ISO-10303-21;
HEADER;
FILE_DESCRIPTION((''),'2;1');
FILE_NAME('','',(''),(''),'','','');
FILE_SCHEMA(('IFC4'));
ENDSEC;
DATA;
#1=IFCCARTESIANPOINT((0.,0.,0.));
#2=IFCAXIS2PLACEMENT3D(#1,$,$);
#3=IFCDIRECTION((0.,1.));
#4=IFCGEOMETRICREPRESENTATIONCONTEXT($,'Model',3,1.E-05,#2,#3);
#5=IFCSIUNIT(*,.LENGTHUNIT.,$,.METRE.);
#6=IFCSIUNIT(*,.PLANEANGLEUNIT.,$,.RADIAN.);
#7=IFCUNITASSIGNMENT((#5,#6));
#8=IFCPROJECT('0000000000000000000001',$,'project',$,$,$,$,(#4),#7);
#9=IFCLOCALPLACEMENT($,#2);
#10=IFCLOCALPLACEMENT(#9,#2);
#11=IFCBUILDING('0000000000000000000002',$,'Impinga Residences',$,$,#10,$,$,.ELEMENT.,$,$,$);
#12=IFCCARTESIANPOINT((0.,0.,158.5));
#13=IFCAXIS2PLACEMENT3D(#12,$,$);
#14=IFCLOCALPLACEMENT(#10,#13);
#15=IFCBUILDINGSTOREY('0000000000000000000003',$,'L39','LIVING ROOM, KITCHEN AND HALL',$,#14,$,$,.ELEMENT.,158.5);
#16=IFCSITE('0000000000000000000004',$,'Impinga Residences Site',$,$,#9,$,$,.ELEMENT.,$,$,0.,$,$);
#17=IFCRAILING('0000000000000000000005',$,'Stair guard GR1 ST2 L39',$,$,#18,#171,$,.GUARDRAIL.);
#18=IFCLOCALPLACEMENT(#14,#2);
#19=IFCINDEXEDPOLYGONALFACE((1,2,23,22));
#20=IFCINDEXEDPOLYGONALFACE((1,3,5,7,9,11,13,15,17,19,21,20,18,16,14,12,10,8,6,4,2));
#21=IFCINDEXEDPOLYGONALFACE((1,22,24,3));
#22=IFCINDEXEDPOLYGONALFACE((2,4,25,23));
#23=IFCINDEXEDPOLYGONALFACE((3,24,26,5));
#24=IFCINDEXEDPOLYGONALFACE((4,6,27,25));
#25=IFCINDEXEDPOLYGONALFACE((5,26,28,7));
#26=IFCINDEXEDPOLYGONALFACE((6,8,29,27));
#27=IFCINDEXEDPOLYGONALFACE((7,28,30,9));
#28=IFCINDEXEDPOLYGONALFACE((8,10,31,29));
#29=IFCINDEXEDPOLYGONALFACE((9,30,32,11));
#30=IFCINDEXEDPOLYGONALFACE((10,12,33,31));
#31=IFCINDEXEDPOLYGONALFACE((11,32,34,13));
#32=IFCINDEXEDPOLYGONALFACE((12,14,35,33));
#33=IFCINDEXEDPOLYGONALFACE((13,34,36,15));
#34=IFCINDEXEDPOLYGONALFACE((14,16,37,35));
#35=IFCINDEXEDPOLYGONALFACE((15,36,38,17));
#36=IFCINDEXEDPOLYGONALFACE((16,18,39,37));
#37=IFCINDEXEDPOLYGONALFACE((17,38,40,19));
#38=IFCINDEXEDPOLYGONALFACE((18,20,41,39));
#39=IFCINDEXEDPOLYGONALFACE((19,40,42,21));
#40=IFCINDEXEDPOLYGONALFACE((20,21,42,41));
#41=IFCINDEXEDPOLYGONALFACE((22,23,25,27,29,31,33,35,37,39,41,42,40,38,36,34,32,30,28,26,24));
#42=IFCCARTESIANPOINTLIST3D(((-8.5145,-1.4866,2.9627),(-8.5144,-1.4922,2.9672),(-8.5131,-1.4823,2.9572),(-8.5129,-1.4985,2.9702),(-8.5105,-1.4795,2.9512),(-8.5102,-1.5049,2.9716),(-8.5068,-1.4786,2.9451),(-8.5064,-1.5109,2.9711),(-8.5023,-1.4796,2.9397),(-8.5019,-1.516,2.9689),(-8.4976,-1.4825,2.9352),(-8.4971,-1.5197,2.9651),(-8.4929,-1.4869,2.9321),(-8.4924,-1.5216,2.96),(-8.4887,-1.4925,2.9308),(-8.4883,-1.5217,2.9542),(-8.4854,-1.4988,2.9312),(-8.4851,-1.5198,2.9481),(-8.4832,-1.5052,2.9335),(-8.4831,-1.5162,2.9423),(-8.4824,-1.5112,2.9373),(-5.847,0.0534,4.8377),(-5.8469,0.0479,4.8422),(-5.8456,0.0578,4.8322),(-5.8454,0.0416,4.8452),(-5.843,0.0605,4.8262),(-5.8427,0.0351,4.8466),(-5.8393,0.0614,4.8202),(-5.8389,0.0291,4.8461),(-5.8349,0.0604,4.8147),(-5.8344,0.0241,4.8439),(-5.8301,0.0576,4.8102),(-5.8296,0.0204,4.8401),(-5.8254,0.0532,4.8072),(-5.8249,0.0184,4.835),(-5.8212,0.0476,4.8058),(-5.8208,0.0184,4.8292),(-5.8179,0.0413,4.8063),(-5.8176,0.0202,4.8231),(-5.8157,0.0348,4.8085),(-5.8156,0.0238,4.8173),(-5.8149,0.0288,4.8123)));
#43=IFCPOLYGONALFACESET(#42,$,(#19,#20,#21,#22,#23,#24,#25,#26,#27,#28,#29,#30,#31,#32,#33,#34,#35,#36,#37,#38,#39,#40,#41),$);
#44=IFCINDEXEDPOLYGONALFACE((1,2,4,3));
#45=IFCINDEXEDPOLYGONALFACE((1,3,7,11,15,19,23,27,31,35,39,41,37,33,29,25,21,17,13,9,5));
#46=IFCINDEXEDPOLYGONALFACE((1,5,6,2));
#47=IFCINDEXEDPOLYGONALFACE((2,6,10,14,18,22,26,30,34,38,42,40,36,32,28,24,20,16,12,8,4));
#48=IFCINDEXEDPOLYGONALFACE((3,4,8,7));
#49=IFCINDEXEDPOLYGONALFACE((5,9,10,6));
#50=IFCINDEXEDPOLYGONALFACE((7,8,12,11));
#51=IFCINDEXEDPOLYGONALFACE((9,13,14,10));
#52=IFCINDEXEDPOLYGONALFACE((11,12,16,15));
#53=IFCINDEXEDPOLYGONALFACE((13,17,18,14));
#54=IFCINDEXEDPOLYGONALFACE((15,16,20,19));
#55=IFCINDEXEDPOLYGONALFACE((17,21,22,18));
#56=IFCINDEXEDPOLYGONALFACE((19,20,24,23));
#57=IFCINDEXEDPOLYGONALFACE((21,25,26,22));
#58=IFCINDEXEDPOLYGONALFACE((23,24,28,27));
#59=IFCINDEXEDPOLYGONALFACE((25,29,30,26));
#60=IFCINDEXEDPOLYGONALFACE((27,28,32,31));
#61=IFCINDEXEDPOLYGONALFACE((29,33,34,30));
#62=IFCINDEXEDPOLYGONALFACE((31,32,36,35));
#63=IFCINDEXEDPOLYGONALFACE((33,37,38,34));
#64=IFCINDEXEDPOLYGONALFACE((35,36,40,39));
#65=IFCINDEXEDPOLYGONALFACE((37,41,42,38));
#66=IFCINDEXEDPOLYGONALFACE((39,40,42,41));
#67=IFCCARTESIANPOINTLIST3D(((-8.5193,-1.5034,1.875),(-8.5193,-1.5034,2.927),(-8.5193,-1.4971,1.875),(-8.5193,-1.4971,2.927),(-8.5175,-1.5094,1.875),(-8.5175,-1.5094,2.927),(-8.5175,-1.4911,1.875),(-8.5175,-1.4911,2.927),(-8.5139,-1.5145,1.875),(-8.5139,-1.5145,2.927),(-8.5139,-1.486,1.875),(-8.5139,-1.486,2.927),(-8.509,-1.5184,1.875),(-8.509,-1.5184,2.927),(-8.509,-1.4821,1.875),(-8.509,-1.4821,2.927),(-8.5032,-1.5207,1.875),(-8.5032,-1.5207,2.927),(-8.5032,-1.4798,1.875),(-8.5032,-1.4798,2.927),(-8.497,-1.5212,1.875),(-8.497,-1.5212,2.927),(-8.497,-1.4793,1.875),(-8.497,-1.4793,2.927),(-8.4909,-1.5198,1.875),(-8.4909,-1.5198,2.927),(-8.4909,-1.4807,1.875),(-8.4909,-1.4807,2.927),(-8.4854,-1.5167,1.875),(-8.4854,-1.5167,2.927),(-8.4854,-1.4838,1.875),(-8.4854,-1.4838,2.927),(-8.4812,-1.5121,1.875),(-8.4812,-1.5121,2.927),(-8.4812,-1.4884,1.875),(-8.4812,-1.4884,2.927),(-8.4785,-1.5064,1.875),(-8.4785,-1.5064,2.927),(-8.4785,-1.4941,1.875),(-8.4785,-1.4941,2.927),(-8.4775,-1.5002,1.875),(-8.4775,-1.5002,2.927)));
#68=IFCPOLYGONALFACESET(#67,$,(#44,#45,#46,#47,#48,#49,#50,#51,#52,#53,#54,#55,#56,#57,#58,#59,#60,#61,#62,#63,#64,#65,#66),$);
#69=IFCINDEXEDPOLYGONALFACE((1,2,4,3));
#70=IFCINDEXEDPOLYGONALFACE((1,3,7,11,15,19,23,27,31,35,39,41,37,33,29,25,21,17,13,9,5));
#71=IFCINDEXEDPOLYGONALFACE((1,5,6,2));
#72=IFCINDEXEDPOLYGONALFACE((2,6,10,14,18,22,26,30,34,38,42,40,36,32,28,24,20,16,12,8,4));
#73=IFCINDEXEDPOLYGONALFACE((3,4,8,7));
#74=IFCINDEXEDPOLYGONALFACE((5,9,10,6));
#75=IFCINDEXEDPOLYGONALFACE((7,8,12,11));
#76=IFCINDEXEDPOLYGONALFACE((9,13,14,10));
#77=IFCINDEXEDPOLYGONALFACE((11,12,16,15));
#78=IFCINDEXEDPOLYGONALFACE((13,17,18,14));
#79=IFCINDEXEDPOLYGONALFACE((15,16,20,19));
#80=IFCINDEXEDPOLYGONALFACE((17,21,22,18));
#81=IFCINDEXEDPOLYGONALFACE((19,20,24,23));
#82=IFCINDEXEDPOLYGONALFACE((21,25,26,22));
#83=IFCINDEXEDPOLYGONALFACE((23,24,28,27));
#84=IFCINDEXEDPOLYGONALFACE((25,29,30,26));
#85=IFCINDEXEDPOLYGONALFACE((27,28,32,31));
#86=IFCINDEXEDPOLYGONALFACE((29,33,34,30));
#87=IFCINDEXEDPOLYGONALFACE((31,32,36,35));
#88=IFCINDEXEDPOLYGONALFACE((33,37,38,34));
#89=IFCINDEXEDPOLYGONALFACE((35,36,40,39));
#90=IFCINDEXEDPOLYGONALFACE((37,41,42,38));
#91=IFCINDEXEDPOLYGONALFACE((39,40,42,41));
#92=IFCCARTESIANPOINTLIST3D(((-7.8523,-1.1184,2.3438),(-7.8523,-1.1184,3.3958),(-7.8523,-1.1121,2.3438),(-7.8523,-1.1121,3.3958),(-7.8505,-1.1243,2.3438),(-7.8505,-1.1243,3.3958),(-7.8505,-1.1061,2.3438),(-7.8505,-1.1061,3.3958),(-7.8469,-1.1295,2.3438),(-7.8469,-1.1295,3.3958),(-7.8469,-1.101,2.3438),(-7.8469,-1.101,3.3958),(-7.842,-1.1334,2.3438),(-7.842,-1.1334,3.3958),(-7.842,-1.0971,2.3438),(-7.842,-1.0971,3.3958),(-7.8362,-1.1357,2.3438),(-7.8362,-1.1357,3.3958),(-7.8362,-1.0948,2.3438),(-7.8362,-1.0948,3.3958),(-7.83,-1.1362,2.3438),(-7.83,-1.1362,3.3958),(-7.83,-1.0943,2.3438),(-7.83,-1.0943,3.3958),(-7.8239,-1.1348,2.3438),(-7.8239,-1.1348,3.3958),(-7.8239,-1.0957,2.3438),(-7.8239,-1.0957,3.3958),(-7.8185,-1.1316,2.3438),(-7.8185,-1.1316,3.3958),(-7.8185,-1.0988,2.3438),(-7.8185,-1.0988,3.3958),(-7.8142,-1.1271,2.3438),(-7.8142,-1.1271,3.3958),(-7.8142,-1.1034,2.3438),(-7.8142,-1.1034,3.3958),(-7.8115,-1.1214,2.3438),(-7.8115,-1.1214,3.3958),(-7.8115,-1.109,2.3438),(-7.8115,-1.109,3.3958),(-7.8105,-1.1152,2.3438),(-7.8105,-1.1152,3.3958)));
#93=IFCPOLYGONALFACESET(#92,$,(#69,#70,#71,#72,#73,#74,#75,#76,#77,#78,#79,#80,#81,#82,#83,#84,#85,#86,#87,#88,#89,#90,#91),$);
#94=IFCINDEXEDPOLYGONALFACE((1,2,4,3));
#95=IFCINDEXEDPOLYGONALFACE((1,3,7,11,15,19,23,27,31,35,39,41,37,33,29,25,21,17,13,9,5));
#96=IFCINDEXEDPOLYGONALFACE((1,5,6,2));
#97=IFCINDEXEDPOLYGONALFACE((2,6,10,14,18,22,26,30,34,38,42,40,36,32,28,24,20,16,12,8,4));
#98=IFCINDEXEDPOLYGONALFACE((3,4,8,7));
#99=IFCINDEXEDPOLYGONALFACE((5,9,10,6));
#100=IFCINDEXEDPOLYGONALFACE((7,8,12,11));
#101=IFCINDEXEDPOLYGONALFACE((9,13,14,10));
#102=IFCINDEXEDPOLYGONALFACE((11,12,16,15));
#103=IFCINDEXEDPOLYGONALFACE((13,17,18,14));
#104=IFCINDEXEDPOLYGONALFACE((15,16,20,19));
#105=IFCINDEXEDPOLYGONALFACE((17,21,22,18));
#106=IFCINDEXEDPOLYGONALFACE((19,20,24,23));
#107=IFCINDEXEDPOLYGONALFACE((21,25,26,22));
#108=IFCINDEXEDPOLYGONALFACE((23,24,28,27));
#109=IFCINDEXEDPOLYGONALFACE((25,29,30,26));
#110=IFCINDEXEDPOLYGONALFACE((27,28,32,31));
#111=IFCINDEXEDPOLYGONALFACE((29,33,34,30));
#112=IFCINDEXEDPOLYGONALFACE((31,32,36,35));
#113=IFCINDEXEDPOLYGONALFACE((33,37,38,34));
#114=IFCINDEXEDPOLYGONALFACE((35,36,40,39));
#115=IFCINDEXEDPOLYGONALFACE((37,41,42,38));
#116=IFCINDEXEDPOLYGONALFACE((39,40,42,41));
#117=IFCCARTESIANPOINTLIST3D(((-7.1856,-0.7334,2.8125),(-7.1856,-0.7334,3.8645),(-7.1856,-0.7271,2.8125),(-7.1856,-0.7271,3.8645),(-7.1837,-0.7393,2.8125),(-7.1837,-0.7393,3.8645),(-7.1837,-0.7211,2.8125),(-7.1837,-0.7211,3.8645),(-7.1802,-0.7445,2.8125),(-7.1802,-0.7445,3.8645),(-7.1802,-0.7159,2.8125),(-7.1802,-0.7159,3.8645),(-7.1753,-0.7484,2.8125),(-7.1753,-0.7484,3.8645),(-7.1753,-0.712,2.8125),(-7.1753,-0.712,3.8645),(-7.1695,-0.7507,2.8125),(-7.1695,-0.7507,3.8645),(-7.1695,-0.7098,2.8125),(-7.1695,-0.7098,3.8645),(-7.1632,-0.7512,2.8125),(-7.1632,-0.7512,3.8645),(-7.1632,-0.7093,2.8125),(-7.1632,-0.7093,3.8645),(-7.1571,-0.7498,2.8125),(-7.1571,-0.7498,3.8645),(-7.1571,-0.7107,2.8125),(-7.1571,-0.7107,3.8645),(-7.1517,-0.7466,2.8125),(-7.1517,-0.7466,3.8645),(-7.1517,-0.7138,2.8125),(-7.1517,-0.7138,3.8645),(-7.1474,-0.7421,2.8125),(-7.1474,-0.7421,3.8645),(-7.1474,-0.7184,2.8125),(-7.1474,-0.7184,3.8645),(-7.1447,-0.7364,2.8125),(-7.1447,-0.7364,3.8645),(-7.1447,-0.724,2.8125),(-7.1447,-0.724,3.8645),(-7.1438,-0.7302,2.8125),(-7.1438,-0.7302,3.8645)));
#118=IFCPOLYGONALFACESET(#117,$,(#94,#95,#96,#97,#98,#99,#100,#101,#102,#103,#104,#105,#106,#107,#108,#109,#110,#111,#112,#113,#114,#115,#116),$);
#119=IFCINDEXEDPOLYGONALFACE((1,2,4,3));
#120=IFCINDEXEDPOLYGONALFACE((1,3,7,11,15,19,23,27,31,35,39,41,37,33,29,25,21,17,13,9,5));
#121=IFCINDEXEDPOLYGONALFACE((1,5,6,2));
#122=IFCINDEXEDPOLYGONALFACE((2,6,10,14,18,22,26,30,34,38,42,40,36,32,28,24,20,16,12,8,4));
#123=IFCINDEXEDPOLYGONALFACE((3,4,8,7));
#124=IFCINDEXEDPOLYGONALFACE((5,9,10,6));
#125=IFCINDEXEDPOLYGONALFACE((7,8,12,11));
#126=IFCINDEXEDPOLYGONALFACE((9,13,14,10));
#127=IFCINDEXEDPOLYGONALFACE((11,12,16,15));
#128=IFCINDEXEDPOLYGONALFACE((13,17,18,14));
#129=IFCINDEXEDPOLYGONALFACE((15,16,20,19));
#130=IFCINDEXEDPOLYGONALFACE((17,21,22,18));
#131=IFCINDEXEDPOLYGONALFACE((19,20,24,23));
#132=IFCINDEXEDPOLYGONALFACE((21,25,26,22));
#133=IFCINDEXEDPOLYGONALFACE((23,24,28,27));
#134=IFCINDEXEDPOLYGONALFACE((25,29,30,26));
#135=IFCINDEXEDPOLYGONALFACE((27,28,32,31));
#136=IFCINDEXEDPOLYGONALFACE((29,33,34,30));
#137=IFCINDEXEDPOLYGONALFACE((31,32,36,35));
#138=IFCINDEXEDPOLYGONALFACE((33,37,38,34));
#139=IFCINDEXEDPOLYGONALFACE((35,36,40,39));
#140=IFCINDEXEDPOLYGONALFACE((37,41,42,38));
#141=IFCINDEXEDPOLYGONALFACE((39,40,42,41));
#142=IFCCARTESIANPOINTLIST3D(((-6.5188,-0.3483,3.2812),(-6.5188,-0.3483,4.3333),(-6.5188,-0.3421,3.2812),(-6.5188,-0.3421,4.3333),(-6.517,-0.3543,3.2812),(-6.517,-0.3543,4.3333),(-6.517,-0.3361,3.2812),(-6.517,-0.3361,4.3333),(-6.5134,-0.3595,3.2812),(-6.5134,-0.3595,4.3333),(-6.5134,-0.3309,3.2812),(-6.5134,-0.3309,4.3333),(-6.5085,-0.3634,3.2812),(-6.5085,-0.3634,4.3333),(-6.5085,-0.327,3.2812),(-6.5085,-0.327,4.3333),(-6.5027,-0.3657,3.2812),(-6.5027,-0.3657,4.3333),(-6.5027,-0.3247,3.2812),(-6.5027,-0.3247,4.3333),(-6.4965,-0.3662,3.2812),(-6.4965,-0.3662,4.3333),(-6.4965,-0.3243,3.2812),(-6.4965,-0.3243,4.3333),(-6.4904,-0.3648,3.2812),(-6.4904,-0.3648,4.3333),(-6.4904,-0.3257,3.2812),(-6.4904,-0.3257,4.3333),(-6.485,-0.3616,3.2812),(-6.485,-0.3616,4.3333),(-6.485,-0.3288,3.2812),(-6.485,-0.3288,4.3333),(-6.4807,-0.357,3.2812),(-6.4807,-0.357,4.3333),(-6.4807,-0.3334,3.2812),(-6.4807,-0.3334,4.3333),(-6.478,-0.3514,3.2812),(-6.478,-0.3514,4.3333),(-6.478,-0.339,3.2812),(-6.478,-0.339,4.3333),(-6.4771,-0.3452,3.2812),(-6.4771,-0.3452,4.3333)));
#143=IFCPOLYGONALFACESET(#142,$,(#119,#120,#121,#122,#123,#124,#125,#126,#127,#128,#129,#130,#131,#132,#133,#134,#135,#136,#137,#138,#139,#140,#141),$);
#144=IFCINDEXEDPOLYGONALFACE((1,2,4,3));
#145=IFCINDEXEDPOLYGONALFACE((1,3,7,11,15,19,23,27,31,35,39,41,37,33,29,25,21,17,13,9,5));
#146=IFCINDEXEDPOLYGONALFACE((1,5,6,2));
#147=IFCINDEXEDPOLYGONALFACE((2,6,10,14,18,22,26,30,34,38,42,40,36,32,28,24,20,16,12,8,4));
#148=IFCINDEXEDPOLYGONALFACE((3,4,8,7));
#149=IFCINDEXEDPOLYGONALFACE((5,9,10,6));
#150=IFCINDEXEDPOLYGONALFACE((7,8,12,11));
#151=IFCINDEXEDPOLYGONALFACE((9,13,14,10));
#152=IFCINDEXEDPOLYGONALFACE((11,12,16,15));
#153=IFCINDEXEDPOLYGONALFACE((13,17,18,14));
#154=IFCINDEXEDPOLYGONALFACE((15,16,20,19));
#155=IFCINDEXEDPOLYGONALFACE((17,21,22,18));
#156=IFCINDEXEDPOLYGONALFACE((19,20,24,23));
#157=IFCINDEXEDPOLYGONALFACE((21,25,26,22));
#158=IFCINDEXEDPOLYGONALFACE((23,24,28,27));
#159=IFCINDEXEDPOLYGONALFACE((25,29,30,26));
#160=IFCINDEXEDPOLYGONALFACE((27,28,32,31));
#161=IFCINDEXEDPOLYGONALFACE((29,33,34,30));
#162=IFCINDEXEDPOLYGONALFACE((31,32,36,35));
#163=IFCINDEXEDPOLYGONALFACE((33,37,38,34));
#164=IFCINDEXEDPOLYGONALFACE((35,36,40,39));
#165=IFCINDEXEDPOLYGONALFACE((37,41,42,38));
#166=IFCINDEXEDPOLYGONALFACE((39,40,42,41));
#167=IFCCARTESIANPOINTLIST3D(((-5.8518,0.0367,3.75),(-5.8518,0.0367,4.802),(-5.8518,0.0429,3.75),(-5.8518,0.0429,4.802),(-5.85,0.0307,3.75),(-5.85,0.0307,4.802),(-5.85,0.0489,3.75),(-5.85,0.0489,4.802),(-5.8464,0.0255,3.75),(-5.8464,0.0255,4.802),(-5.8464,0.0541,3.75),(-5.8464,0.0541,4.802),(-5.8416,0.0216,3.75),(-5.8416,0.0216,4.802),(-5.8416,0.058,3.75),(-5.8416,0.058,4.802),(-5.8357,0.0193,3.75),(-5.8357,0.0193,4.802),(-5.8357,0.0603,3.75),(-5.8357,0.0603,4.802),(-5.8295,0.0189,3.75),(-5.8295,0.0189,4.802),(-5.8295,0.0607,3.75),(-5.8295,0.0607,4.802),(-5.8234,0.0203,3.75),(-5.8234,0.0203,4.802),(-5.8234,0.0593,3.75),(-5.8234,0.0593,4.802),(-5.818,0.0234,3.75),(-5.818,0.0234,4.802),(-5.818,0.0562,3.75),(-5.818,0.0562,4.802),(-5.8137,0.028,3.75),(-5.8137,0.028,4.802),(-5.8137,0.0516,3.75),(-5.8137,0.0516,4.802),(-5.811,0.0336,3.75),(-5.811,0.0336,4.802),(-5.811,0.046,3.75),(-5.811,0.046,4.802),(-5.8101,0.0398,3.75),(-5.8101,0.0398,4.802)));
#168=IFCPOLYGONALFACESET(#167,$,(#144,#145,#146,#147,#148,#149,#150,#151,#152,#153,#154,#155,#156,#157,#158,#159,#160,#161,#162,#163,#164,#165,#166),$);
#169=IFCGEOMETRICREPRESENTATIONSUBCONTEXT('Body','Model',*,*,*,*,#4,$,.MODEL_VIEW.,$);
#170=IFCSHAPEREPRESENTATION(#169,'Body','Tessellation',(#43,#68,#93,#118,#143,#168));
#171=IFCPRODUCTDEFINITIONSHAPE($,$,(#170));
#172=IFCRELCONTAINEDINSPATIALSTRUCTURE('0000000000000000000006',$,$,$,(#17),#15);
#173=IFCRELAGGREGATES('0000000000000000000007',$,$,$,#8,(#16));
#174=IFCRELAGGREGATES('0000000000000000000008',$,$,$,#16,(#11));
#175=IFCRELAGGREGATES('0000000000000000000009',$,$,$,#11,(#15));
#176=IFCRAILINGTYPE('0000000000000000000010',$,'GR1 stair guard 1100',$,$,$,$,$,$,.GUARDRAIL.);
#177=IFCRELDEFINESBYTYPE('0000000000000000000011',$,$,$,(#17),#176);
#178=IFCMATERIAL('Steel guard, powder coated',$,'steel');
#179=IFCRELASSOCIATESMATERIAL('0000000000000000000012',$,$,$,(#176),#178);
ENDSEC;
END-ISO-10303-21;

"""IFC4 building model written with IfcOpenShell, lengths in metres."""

from ifc_helpers import new_model, si_unit, direction, frame, origin, origin_2d, place, context, subcontext, project, spatial, circle, extrude, material, type_object, element, save


model = new_model("IFC4")

# Units and contexts
model_context = context("Model", 3, precision=1e-05, world=origin(), true_north=direction((0.0, 1.0)))
body_context = subcontext(model_context, "Body", "Model", "MODEL_VIEW")
ifc_project = project(units=[si_unit("LENGTHUNIT", "METRE"), si_unit("PLANEANGLEUNIT", "RADIAN")], contexts=[model_context])

# Site, building, storey
site_placement = place(None, origin())
site = spatial("IfcSite", under=ifc_project, at=site_placement, Name="Impinga Residences Site", CompositionType="ELEMENT", RefElevation=0.0)
building_placement = place(site_placement, origin())
building = spatial("IfcBuilding", under=site, at=building_placement, Name="Impinga Residences", CompositionType="ELEMENT")
storey_placement = place(building_placement, frame((0.0, 0.0, 158.5)))
storey = spatial("IfcBuildingStorey", under=building, at=storey_placement, Name="L39", Description="LIVING ROOM, KITCHEN AND HALL", CompositionType="ELEMENT", Elevation=158.5)

# Railing
ifc_material_1 = material(Name="Steel guard, powder coated", Category="steel")
railing_type_1 = type_object("IfcRailingType", Name="GR1 stair guard 1100", PredefinedType="GUARDRAIL", material=ifc_material_1)
railing_1_placement = place(storey_placement, frame((-8.4985, -1.5002, 1.875)))
element("IfcRailing", 1, at=railing_1_placement, inside=storey, type_object=railing_type_1, Name="Stair guard GR1 ST2 L39", PredefinedType="GUARDRAIL", context=body_context, shape_type="SweptSolid", body=[
    extrude(circle(Radius=0.0239, at=origin_2d()), frame((0.0, 0.0, 1.0762), z_axis=(0.739746, 0.427084, 0.519975), x_axis=(-0.499992, 0.86603, 0.0)), (0.0, 0.0, 1.0), 3.606),
    extrude(circle(Radius=0.021, at=origin_2d()), origin(), (0.0, 0.0, 1.0), 1.052),
    extrude(circle(Radius=0.021, at=origin_2d()), frame((0.667, 0.385, 0.4688)), (0.0, 0.0, 1.0), 1.052),
    extrude(circle(Radius=0.021, at=origin_2d()), frame((1.3337, 0.77, 0.9375)), (0.0, 0.0, 1.0), 1.052),
    extrude(circle(Radius=0.021, at=origin_2d()), frame((2.0005, 1.155, 1.4062)), (0.0, 0.0, 1.0), 1.052),
    extrude(circle(Radius=0.021, at=origin_2d()), frame((2.6675, 1.54, 1.875)), (0.0, 0.0, 1.0), 1.052),
])

save(model, "model.ifc")
